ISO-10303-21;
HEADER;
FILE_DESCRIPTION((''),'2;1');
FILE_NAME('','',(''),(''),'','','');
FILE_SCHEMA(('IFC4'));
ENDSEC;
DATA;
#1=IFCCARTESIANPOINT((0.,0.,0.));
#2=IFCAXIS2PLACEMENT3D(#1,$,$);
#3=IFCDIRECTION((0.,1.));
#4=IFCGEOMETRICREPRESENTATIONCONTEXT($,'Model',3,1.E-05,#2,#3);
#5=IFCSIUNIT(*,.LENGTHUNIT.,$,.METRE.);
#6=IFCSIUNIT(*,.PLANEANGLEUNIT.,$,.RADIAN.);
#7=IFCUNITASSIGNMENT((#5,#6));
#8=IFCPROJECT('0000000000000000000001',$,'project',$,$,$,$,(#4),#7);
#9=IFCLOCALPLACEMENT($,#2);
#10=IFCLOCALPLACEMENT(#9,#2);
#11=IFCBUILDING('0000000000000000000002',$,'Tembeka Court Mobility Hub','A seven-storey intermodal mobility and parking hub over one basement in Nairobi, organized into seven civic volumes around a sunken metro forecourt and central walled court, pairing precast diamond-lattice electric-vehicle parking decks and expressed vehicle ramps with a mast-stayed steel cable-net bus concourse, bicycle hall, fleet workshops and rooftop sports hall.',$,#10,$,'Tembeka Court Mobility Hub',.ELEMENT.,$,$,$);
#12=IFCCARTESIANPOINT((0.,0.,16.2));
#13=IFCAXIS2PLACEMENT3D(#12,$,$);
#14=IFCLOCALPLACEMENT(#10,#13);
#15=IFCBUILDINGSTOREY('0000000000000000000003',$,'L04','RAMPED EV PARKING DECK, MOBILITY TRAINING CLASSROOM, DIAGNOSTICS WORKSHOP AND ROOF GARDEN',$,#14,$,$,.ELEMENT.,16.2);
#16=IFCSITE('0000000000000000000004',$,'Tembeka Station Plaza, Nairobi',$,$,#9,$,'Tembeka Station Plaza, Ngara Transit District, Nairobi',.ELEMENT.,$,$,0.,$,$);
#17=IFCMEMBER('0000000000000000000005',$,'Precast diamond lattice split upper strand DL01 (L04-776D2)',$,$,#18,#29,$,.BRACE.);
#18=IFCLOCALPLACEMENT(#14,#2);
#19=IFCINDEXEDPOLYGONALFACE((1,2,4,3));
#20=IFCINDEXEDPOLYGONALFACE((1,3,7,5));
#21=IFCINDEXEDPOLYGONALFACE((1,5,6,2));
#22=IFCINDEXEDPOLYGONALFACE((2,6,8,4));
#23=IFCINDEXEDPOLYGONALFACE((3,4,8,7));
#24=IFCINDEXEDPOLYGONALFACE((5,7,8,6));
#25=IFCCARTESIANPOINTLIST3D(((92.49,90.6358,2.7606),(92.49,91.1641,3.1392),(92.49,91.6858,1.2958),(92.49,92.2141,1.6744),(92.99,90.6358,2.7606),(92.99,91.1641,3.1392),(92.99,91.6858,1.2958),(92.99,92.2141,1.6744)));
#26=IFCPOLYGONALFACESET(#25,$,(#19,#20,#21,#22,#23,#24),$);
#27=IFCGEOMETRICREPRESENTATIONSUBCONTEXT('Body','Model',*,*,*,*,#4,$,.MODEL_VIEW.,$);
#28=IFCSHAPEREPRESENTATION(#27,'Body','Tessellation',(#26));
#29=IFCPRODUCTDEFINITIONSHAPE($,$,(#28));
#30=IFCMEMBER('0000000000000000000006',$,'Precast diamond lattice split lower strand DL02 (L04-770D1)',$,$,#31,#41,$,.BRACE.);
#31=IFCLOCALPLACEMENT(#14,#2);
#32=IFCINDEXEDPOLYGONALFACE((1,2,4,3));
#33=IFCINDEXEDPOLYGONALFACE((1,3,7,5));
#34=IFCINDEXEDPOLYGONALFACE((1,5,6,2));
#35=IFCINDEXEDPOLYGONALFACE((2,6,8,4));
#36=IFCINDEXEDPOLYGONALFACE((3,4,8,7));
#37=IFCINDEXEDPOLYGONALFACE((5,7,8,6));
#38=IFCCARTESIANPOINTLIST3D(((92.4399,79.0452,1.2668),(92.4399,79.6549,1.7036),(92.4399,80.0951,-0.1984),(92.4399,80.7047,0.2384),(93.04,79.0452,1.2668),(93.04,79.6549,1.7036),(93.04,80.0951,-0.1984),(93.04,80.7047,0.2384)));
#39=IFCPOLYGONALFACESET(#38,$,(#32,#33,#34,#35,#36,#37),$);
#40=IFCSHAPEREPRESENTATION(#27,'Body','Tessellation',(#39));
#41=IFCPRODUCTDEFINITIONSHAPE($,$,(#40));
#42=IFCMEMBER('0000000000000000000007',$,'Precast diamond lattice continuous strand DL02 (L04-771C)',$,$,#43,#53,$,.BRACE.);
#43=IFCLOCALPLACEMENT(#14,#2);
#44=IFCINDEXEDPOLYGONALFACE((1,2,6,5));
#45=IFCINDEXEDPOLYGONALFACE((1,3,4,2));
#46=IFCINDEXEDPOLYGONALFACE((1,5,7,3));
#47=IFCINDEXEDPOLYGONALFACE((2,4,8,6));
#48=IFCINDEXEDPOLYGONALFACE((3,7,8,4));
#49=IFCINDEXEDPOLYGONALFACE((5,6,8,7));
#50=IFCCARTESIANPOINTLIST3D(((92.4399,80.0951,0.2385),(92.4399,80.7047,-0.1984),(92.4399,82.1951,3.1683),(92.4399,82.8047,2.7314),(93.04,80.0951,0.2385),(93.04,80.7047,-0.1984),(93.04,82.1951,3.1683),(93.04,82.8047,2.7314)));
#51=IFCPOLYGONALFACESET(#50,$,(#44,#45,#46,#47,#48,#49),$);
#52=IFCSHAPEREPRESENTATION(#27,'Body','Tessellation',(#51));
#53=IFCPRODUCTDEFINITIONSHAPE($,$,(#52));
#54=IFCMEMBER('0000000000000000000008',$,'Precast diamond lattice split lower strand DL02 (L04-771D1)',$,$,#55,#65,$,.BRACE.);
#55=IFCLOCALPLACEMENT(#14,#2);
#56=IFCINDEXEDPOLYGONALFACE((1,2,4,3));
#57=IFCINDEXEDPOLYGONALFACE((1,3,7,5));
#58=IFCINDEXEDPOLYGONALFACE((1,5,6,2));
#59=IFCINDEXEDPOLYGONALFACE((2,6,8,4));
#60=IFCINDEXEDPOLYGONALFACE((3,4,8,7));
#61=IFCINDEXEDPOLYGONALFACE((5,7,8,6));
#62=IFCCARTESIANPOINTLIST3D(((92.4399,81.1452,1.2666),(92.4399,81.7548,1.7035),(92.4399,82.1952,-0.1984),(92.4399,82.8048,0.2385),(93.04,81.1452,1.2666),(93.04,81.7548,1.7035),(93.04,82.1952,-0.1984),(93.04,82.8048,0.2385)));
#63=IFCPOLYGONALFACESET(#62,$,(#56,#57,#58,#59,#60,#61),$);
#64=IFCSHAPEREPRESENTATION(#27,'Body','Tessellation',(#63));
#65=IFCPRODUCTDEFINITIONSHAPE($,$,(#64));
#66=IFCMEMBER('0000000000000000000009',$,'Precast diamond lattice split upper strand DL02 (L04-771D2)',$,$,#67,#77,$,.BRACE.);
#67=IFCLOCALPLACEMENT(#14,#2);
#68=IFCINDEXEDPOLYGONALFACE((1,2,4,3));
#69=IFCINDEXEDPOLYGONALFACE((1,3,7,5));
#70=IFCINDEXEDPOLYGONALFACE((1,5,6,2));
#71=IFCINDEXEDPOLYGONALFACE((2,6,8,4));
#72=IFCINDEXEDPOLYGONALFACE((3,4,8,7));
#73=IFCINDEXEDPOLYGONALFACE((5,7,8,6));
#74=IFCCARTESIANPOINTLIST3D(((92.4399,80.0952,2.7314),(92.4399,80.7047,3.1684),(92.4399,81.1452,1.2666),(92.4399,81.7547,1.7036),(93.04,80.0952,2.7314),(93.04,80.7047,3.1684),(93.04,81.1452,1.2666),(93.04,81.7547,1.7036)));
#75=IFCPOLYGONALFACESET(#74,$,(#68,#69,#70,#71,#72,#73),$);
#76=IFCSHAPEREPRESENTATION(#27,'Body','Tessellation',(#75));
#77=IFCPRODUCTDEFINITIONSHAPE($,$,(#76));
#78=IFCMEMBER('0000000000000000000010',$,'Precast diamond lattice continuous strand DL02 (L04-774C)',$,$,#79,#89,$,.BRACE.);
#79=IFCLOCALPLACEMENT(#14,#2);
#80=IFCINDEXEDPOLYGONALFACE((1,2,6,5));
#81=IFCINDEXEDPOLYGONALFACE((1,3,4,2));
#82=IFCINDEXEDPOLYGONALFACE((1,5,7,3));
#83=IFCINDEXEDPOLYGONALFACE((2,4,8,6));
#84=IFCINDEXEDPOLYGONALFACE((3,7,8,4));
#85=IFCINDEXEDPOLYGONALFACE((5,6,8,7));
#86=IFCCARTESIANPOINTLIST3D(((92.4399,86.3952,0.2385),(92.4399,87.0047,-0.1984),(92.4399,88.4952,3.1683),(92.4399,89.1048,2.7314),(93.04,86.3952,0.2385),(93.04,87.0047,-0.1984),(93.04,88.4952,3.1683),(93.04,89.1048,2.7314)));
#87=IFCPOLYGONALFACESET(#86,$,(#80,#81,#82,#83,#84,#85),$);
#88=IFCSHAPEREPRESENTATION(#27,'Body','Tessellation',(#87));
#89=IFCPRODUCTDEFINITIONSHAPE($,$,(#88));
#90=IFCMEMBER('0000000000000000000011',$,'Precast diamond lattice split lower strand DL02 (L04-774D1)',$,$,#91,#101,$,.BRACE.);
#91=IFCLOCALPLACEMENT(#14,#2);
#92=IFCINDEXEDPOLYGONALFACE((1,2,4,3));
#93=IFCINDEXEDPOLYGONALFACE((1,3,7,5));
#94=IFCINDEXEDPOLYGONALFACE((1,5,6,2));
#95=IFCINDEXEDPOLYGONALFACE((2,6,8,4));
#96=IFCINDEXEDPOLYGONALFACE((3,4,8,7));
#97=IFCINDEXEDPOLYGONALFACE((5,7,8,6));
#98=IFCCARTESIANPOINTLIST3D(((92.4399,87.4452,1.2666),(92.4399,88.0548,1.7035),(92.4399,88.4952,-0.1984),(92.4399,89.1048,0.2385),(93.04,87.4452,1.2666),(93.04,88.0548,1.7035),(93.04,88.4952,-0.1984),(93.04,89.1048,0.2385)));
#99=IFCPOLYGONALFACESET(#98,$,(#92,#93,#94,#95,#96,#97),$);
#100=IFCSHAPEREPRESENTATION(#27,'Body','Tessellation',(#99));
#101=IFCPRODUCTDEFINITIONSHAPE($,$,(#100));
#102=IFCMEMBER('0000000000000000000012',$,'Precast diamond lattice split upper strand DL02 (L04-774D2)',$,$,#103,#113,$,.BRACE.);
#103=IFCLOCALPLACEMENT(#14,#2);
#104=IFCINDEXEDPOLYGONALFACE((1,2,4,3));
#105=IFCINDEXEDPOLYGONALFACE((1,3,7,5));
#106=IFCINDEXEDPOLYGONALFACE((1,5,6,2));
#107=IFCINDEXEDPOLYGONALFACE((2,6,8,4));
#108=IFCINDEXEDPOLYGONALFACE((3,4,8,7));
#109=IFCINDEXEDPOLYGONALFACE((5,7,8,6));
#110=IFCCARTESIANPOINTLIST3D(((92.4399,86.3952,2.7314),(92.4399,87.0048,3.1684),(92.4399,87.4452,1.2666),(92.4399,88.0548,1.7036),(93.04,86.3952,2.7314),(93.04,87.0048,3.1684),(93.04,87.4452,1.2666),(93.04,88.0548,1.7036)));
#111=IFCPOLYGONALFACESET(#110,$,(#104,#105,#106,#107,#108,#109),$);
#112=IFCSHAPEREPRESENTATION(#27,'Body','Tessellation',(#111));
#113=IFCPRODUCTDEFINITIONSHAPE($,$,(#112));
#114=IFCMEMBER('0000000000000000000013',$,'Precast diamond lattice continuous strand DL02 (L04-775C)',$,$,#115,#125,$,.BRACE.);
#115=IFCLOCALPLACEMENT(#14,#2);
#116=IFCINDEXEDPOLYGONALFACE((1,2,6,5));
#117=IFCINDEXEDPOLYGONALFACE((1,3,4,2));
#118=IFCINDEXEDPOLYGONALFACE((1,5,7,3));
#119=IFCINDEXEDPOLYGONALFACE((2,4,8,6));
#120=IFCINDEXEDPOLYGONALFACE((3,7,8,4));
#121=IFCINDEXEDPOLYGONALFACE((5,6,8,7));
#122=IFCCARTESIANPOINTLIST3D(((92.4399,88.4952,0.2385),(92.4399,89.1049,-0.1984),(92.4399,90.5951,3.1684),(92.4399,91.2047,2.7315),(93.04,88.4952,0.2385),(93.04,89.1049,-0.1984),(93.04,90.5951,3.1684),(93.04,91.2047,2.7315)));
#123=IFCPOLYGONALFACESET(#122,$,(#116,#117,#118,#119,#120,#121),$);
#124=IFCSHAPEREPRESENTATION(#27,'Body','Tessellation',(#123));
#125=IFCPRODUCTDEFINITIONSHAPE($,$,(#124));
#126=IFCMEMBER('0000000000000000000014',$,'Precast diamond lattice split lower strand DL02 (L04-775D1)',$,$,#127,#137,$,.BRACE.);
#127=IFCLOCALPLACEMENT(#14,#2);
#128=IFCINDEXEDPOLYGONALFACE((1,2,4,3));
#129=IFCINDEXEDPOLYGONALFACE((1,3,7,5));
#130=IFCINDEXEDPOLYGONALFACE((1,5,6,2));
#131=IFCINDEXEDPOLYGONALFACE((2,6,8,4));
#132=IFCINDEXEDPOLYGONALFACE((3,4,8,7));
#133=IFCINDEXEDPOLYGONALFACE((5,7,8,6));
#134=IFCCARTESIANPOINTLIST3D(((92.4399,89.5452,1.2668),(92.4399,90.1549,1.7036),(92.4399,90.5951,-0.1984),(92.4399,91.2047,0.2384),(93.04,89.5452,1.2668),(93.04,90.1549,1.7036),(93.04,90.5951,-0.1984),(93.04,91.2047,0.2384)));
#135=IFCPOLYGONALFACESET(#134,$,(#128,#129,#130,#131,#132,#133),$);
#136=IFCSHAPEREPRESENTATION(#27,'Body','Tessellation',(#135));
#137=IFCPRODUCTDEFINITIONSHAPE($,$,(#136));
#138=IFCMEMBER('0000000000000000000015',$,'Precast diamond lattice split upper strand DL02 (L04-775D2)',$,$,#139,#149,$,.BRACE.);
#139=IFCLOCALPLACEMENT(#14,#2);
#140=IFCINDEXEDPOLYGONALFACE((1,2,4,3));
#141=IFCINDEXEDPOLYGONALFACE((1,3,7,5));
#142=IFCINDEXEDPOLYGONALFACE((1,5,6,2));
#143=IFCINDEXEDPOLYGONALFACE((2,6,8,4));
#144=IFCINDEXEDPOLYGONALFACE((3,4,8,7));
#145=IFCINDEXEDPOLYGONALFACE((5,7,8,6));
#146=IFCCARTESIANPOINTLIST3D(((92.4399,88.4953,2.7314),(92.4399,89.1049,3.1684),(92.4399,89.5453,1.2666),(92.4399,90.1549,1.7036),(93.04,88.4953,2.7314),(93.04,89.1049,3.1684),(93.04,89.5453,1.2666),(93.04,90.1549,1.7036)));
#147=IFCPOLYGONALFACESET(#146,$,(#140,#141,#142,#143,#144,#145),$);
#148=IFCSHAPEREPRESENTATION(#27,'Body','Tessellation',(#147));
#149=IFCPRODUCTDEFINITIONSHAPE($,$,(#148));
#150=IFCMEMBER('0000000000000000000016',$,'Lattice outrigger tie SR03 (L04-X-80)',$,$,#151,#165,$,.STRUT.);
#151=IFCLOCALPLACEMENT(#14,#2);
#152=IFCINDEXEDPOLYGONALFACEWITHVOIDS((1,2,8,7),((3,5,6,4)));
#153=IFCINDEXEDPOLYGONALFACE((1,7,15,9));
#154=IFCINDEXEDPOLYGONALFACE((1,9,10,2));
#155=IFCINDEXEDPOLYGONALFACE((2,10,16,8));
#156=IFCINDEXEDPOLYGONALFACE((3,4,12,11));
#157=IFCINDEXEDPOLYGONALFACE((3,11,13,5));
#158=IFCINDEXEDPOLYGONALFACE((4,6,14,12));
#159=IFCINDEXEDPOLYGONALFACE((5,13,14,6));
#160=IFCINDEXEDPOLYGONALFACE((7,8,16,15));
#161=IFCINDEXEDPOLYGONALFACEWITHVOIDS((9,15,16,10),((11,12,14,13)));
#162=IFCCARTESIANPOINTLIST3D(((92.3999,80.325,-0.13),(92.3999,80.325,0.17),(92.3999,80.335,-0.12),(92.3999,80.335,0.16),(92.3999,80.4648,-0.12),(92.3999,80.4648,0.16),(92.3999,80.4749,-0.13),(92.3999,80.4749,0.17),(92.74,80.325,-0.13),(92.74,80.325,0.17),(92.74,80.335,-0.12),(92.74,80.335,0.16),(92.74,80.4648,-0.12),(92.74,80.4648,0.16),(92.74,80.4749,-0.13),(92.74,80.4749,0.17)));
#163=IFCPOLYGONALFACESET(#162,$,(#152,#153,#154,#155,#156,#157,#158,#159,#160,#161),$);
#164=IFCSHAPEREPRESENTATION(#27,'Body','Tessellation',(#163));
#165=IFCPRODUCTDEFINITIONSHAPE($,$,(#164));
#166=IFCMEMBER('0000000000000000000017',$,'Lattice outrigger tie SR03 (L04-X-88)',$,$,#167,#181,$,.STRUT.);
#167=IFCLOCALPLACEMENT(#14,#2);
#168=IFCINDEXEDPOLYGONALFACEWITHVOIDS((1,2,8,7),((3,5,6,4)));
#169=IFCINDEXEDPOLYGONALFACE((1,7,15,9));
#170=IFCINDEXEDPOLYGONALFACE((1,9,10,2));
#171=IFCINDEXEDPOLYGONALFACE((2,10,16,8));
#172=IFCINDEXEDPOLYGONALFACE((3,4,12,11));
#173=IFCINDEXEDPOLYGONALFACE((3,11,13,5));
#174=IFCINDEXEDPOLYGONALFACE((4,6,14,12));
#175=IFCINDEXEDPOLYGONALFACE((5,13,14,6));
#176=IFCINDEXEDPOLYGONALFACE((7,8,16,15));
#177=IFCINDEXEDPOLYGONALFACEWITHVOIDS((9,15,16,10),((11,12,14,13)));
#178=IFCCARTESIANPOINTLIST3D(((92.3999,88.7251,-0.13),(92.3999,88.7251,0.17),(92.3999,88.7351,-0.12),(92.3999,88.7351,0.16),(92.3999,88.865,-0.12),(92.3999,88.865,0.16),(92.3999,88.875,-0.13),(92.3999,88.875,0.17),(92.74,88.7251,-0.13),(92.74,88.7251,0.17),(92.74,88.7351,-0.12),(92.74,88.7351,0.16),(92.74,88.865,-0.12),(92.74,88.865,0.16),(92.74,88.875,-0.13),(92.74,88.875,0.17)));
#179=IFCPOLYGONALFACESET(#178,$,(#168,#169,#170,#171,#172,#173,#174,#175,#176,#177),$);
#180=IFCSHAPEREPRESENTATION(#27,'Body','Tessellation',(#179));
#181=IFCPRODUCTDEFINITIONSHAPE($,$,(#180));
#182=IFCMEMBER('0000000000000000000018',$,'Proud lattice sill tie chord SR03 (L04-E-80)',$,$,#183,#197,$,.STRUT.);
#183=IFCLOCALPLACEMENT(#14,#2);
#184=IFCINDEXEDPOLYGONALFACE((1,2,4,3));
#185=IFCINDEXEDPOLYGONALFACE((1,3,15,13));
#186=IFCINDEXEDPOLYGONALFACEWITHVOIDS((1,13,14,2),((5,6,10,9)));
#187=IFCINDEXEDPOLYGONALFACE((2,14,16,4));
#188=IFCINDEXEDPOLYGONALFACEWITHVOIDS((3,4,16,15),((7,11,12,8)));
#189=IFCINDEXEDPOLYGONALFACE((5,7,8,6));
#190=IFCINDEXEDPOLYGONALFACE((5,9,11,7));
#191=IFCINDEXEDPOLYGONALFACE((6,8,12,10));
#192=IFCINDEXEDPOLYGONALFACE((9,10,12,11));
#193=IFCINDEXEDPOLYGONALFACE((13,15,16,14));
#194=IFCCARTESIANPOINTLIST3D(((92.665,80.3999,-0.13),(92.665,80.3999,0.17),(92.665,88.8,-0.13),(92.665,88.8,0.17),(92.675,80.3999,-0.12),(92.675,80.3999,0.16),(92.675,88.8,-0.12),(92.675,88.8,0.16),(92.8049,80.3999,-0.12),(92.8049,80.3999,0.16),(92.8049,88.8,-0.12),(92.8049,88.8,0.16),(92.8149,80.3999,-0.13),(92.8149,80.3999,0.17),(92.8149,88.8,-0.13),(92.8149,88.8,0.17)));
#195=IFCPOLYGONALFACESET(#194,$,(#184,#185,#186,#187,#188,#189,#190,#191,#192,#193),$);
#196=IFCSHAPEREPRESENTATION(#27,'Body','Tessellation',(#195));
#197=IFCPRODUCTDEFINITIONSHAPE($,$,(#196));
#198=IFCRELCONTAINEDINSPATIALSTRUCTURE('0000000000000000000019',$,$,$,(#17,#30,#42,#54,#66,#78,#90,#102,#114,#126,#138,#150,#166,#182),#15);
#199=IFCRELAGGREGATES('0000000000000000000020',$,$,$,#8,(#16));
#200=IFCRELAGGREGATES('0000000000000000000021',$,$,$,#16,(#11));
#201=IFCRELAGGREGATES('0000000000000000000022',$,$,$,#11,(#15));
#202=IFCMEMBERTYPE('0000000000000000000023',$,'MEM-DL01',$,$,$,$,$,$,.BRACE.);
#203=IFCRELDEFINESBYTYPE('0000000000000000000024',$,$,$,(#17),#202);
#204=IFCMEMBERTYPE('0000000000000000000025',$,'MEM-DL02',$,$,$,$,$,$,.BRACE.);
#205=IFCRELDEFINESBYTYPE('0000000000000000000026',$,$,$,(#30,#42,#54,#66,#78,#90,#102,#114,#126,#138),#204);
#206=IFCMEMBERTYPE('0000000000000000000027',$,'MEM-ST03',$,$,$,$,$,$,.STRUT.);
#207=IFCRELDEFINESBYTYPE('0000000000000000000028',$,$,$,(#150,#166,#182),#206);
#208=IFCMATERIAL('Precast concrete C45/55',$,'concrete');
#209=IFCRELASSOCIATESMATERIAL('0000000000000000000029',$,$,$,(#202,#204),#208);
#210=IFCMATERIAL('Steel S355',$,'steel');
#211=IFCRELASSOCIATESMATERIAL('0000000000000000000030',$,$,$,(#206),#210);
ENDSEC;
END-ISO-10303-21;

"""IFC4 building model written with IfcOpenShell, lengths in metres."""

from ifc_helpers import new_model, si_unit, direction, frame, origin, origin_2d, place, context, subcontext, project, spatial, rectangle, hollow_rectangle, extrude, material, material_profile, profile_set, type_object, element, save


model = new_model("IFC4")

# Units and contexts
model_context = context("Model", 3, precision=1e-05, world=origin(), true_north=direction((0.0, 1.0)))
body_context = subcontext(model_context, "Body", "Model", "MODEL_VIEW")
ifc_project = project(units=[si_unit("LENGTHUNIT", "METRE"), si_unit("PLANEANGLEUNIT", "RADIAN")], contexts=[model_context])

# Site, building, storey
site_placement = place(None, origin())
site = spatial("IfcSite", under=ifc_project, at=site_placement, Name="Tembeka Station Plaza, Nairobi", LongName="Tembeka Station Plaza, Ngara Transit District, Nairobi", CompositionType="ELEMENT", RefElevation=0.0)
building_placement = place(site_placement, origin())
building = spatial("IfcBuilding", under=site, at=building_placement, Name="Tembeka Court Mobility Hub", Description="A seven-storey intermodal mobility and parking hub over one basement in Nairobi, organized into seven civic volumes around a sunken metro forecourt and central walled court, pairing precast diamond-lattice electric-vehicle parking decks and expressed vehicle ramps with a mast-stayed steel cable-net bus concourse, bicycle hall, fleet workshops and rooftop sports hall.", LongName="Tembeka Court Mobility Hub", CompositionType="ELEMENT")
storey_placement = place(building_placement, frame((0.0, 0.0, 16.2)))
storey = spatial("IfcBuildingStorey", under=building, at=storey_placement, Name="L04", Description="RAMPED EV PARKING DECK, MOBILITY TRAINING CLASSROOM, DIAGNOSTICS WORKSHOP AND ROOF GARDEN", CompositionType="ELEMENT", Elevation=16.2)

# Shared definitions
ifc_material_1 = material(Name="Steel S355", Category="steel")

# Members
ifc_material_2 = material(Name="Precast concrete C45/55", Category="concrete")
ifc_material_profile_1 = material_profile(ifc_material_2, rectangle(XDim=0.5, YDim=0.6499, at=origin_2d()), Name="PC-DIAG 500x650")
ifc_profile_set_1 = profile_set([ifc_material_profile_1], Name="Precast concrete C45/55")
member_type_1 = type_object("IfcMemberType", Name="MEM-DL01", PredefinedType="BRACE", material=ifc_profile_set_1)
member_1_placement = place(storey_placement, frame((92.74, 91.95, 1.4851), z_axis=(0.0, -0.582608, 0.812753), x_axis=(1.0, 0.0, 0.0)))
element("IfcMember", 1, at=member_1_placement, inside=storey, type_object=member_type_1, Name="Precast diamond lattice split upper strand DL01 (L04-776D2)", PredefinedType="BRACE", context=body_context, shape_type="SweptSolid", body=[
    extrude(rectangle(XDim=0.5, YDim=0.6499, at=origin_2d()), origin(), (0.0, 0.0, 1.0), 1.8022),
])
ifc_material_profile_2 = material_profile(ifc_material_2, rectangle(XDim=0.6001, YDim=0.75, at=origin_2d()), Name="PC-DIAG 600x750")
ifc_profile_set_2 = profile_set([ifc_material_profile_2], Name="Precast concrete C45/55")
member_type_2 = type_object("IfcMemberType", Name="MEM-DL02", PredefinedType="BRACE", material=ifc_profile_set_2)
member_2_placement = place(storey_placement, frame((92.74, 80.3999, 0.02), z_axis=(0.0, -0.582455, 0.812863), x_axis=(1.0, 0.0, 0.0)))
element("IfcMember", 2, at=member_2_placement, inside=storey, type_object=member_type_2, Name="Precast diamond lattice split lower strand DL02 (L04-770D1)", PredefinedType="BRACE", context=body_context, shape_type="SweptSolid", body=[
    extrude(rectangle(XDim=0.6001, YDim=0.75, at=origin_2d()), origin(), (0.0, 0.0, 1.0), 1.8025),
])
member_3_placement = place(storey_placement, frame((92.74, 80.3999, 0.02), z_axis=(0.0, 0.582576, 0.812776), x_axis=(-1.0, 0.0, 0.0)))
element("IfcMember", 3, at=member_3_placement, inside=storey, type_object=member_type_2, Name="Precast diamond lattice continuous strand DL02 (L04-771C)", PredefinedType="BRACE", context=body_context, shape_type="SweptSolid", body=[
    extrude(rectangle(XDim=0.6001, YDim=0.75, at=origin_2d()), origin(), (0.0, 0.0, 1.0), 3.6047),
])
member_4_placement = place(storey_placement, frame((92.74, 82.5, 0.02), z_axis=(0.0, -0.582544, 0.812799), x_axis=(1.0, 0.0, 0.0)))
element("IfcMember", 4, at=member_4_placement, inside=storey, type_object=member_type_2, Name="Precast diamond lattice split lower strand DL02 (L04-771D1)", PredefinedType="BRACE", context=body_context, shape_type="SweptSolid", body=[
    extrude(rectangle(XDim=0.6001, YDim=0.75, at=origin_2d()), origin(), (0.0, 0.0, 1.0), 1.8025),
])
member_5_placement = place(storey_placement, frame((92.74, 81.45, 1.4851), z_axis=(0.0, -0.582608, 0.812753), x_axis=(1.0, 0.0, 0.0)))
element("IfcMember", 5, at=member_5_placement, inside=storey, type_object=member_type_2, Name="Precast diamond lattice split upper strand DL02 (L04-771D2)", PredefinedType="BRACE", context=body_context, shape_type="SweptSolid", body=[
    extrude(rectangle(XDim=0.6001, YDim=0.75, at=origin_2d()), origin(), (0.0, 0.0, 1.0), 1.8022),
])
member_6_placement = place(storey_placement, frame((92.74, 86.7, 0.02), z_axis=(0.0, 0.582576, 0.812776), x_axis=(-1.0, 0.0, 0.0)))
element("IfcMember", 6, at=member_6_placement, inside=storey, type_object=member_type_2, Name="Precast diamond lattice continuous strand DL02 (L04-774C)", PredefinedType="BRACE", context=body_context, shape_type="SweptSolid", body=[
    extrude(rectangle(XDim=0.6001, YDim=0.75, at=origin_2d()), origin(), (0.0, 0.0, 1.0), 3.6047),
])
member_7_placement = place(storey_placement, frame((92.74, 88.8, 0.02), z_axis=(0.0, -0.582544, 0.812799), x_axis=(1.0, 0.0, 0.0)))
element("IfcMember", 7, at=member_7_placement, inside=storey, type_object=member_type_2, Name="Precast diamond lattice split lower strand DL02 (L04-774D1)", PredefinedType="BRACE", context=body_context, shape_type="SweptSolid", body=[
    extrude(rectangle(XDim=0.6001, YDim=0.75, at=origin_2d()), origin(), (0.0, 0.0, 1.0), 1.8025),
])
member_8_placement = place(storey_placement, frame((92.74, 87.75, 1.4851), z_axis=(0.0, -0.582608, 0.812753), x_axis=(1.0, 0.0, 0.0)))
element("IfcMember", 8, at=member_8_placement, inside=storey, type_object=member_type_2, Name="Precast diamond lattice split upper strand DL02 (L04-774D2)", PredefinedType="BRACE", context=body_context, shape_type="SweptSolid", body=[
    extrude(rectangle(XDim=0.6001, YDim=0.75, at=origin_2d()), origin(), (0.0, 0.0, 1.0), 1.8022),
])
member_9_placement = place(storey_placement, frame((92.74, 88.8, 0.02), z_axis=(0.0, 0.582532, 0.812808), x_axis=(-1.0, 0.0, 0.0)))
element("IfcMember", 9, at=member_9_placement, inside=storey, type_object=member_type_2, Name="Precast diamond lattice continuous strand DL02 (L04-775C)", PredefinedType="BRACE", context=body_context, shape_type="SweptSolid", body=[
    extrude(rectangle(XDim=0.6001, YDim=0.75, at=origin_2d()), origin(), (0.0, 0.0, 1.0), 3.6047),
])
member_10_placement = place(storey_placement, frame((92.74, 90.8999, 0.02), z_axis=(0.0, -0.582455, 0.812863), x_axis=(1.0, 0.0, 0.0)))
element("IfcMember", 10, at=member_10_placement, inside=storey, type_object=member_type_2, Name="Precast diamond lattice split lower strand DL02 (L04-775D1)", PredefinedType="BRACE", context=body_context, shape_type="SweptSolid", body=[
    extrude(rectangle(XDim=0.6001, YDim=0.75, at=origin_2d()), origin(), (0.0, 0.0, 1.0), 1.8025),
])
member_11_placement = place(storey_placement, frame((92.74, 89.8501, 1.4851), z_axis=(0.0, -0.582608, 0.812753), x_axis=(1.0, 0.0, 0.0)))
element("IfcMember", 11, at=member_11_placement, inside=storey, type_object=member_type_2, Name="Precast diamond lattice split upper strand DL02 (L04-775D2)", PredefinedType="BRACE", context=body_context, shape_type="SweptSolid", body=[
    extrude(rectangle(XDim=0.6001, YDim=0.75, at=origin_2d()), origin(), (0.0, 0.0, 1.0), 1.8022),
])
ifc_material_profile_3 = material_profile(ifc_material_1, hollow_rectangle(XDim=0.1499, YDim=0.3, WallThickness=0.01, at=origin_2d()), Name="RHS 300x150x10")
ifc_profile_set_3 = profile_set([ifc_material_profile_3], Name="Steel S355")
member_type_3 = type_object("IfcMemberType", Name="MEM-ST03", PredefinedType="STRUT", material=ifc_profile_set_3)
for number, where, z_axis, x_axis, name in (
    (12, (92.3999, 80.3999, 0.02), (1.0, 0.0, 0.0), (0.0, 1.0, 0.0), "Lattice outrigger tie SR03 (L04-X-80)"),
    (13, (92.3999, 88.8, 0.02), (1.0, 0.0, 0.0), (0.0, 1.0, 0.0), "Lattice outrigger tie SR03 (L04-X-88)"),
):
    element("IfcMember", number, at=place(storey_placement, frame(where, z_axis=z_axis, x_axis=x_axis)), inside=storey, type_object=member_type_3, Name=name, PredefinedType="STRUT", context=body_context, shape_type="SweptSolid", body=[
        extrude(hollow_rectangle(XDim=0.1499, YDim=0.3, WallThickness=0.01, at=origin_2d()), origin(), (0.0, 0.0, 1.0), 0.3401),
    ])
member_12_placement = place(storey_placement, frame((92.74, 80.3999, 0.02), z_axis=(0.0, 1.0, 0.0), x_axis=(-1.0, 0.0, 0.0)))
element("IfcMember", 14, at=member_12_placement, inside=storey, type_object=member_type_3, Name="Proud lattice sill tie chord SR03 (L04-E-80)", PredefinedType="STRUT", context=body_context, shape_type="SweptSolid", body=[
    extrude(hollow_rectangle(XDim=0.1499, YDim=0.3, WallThickness=0.01, at=origin_2d()), origin(), (0.0, 0.0, 1.0), 8.4001),
])

save(model, "model.ifc")
